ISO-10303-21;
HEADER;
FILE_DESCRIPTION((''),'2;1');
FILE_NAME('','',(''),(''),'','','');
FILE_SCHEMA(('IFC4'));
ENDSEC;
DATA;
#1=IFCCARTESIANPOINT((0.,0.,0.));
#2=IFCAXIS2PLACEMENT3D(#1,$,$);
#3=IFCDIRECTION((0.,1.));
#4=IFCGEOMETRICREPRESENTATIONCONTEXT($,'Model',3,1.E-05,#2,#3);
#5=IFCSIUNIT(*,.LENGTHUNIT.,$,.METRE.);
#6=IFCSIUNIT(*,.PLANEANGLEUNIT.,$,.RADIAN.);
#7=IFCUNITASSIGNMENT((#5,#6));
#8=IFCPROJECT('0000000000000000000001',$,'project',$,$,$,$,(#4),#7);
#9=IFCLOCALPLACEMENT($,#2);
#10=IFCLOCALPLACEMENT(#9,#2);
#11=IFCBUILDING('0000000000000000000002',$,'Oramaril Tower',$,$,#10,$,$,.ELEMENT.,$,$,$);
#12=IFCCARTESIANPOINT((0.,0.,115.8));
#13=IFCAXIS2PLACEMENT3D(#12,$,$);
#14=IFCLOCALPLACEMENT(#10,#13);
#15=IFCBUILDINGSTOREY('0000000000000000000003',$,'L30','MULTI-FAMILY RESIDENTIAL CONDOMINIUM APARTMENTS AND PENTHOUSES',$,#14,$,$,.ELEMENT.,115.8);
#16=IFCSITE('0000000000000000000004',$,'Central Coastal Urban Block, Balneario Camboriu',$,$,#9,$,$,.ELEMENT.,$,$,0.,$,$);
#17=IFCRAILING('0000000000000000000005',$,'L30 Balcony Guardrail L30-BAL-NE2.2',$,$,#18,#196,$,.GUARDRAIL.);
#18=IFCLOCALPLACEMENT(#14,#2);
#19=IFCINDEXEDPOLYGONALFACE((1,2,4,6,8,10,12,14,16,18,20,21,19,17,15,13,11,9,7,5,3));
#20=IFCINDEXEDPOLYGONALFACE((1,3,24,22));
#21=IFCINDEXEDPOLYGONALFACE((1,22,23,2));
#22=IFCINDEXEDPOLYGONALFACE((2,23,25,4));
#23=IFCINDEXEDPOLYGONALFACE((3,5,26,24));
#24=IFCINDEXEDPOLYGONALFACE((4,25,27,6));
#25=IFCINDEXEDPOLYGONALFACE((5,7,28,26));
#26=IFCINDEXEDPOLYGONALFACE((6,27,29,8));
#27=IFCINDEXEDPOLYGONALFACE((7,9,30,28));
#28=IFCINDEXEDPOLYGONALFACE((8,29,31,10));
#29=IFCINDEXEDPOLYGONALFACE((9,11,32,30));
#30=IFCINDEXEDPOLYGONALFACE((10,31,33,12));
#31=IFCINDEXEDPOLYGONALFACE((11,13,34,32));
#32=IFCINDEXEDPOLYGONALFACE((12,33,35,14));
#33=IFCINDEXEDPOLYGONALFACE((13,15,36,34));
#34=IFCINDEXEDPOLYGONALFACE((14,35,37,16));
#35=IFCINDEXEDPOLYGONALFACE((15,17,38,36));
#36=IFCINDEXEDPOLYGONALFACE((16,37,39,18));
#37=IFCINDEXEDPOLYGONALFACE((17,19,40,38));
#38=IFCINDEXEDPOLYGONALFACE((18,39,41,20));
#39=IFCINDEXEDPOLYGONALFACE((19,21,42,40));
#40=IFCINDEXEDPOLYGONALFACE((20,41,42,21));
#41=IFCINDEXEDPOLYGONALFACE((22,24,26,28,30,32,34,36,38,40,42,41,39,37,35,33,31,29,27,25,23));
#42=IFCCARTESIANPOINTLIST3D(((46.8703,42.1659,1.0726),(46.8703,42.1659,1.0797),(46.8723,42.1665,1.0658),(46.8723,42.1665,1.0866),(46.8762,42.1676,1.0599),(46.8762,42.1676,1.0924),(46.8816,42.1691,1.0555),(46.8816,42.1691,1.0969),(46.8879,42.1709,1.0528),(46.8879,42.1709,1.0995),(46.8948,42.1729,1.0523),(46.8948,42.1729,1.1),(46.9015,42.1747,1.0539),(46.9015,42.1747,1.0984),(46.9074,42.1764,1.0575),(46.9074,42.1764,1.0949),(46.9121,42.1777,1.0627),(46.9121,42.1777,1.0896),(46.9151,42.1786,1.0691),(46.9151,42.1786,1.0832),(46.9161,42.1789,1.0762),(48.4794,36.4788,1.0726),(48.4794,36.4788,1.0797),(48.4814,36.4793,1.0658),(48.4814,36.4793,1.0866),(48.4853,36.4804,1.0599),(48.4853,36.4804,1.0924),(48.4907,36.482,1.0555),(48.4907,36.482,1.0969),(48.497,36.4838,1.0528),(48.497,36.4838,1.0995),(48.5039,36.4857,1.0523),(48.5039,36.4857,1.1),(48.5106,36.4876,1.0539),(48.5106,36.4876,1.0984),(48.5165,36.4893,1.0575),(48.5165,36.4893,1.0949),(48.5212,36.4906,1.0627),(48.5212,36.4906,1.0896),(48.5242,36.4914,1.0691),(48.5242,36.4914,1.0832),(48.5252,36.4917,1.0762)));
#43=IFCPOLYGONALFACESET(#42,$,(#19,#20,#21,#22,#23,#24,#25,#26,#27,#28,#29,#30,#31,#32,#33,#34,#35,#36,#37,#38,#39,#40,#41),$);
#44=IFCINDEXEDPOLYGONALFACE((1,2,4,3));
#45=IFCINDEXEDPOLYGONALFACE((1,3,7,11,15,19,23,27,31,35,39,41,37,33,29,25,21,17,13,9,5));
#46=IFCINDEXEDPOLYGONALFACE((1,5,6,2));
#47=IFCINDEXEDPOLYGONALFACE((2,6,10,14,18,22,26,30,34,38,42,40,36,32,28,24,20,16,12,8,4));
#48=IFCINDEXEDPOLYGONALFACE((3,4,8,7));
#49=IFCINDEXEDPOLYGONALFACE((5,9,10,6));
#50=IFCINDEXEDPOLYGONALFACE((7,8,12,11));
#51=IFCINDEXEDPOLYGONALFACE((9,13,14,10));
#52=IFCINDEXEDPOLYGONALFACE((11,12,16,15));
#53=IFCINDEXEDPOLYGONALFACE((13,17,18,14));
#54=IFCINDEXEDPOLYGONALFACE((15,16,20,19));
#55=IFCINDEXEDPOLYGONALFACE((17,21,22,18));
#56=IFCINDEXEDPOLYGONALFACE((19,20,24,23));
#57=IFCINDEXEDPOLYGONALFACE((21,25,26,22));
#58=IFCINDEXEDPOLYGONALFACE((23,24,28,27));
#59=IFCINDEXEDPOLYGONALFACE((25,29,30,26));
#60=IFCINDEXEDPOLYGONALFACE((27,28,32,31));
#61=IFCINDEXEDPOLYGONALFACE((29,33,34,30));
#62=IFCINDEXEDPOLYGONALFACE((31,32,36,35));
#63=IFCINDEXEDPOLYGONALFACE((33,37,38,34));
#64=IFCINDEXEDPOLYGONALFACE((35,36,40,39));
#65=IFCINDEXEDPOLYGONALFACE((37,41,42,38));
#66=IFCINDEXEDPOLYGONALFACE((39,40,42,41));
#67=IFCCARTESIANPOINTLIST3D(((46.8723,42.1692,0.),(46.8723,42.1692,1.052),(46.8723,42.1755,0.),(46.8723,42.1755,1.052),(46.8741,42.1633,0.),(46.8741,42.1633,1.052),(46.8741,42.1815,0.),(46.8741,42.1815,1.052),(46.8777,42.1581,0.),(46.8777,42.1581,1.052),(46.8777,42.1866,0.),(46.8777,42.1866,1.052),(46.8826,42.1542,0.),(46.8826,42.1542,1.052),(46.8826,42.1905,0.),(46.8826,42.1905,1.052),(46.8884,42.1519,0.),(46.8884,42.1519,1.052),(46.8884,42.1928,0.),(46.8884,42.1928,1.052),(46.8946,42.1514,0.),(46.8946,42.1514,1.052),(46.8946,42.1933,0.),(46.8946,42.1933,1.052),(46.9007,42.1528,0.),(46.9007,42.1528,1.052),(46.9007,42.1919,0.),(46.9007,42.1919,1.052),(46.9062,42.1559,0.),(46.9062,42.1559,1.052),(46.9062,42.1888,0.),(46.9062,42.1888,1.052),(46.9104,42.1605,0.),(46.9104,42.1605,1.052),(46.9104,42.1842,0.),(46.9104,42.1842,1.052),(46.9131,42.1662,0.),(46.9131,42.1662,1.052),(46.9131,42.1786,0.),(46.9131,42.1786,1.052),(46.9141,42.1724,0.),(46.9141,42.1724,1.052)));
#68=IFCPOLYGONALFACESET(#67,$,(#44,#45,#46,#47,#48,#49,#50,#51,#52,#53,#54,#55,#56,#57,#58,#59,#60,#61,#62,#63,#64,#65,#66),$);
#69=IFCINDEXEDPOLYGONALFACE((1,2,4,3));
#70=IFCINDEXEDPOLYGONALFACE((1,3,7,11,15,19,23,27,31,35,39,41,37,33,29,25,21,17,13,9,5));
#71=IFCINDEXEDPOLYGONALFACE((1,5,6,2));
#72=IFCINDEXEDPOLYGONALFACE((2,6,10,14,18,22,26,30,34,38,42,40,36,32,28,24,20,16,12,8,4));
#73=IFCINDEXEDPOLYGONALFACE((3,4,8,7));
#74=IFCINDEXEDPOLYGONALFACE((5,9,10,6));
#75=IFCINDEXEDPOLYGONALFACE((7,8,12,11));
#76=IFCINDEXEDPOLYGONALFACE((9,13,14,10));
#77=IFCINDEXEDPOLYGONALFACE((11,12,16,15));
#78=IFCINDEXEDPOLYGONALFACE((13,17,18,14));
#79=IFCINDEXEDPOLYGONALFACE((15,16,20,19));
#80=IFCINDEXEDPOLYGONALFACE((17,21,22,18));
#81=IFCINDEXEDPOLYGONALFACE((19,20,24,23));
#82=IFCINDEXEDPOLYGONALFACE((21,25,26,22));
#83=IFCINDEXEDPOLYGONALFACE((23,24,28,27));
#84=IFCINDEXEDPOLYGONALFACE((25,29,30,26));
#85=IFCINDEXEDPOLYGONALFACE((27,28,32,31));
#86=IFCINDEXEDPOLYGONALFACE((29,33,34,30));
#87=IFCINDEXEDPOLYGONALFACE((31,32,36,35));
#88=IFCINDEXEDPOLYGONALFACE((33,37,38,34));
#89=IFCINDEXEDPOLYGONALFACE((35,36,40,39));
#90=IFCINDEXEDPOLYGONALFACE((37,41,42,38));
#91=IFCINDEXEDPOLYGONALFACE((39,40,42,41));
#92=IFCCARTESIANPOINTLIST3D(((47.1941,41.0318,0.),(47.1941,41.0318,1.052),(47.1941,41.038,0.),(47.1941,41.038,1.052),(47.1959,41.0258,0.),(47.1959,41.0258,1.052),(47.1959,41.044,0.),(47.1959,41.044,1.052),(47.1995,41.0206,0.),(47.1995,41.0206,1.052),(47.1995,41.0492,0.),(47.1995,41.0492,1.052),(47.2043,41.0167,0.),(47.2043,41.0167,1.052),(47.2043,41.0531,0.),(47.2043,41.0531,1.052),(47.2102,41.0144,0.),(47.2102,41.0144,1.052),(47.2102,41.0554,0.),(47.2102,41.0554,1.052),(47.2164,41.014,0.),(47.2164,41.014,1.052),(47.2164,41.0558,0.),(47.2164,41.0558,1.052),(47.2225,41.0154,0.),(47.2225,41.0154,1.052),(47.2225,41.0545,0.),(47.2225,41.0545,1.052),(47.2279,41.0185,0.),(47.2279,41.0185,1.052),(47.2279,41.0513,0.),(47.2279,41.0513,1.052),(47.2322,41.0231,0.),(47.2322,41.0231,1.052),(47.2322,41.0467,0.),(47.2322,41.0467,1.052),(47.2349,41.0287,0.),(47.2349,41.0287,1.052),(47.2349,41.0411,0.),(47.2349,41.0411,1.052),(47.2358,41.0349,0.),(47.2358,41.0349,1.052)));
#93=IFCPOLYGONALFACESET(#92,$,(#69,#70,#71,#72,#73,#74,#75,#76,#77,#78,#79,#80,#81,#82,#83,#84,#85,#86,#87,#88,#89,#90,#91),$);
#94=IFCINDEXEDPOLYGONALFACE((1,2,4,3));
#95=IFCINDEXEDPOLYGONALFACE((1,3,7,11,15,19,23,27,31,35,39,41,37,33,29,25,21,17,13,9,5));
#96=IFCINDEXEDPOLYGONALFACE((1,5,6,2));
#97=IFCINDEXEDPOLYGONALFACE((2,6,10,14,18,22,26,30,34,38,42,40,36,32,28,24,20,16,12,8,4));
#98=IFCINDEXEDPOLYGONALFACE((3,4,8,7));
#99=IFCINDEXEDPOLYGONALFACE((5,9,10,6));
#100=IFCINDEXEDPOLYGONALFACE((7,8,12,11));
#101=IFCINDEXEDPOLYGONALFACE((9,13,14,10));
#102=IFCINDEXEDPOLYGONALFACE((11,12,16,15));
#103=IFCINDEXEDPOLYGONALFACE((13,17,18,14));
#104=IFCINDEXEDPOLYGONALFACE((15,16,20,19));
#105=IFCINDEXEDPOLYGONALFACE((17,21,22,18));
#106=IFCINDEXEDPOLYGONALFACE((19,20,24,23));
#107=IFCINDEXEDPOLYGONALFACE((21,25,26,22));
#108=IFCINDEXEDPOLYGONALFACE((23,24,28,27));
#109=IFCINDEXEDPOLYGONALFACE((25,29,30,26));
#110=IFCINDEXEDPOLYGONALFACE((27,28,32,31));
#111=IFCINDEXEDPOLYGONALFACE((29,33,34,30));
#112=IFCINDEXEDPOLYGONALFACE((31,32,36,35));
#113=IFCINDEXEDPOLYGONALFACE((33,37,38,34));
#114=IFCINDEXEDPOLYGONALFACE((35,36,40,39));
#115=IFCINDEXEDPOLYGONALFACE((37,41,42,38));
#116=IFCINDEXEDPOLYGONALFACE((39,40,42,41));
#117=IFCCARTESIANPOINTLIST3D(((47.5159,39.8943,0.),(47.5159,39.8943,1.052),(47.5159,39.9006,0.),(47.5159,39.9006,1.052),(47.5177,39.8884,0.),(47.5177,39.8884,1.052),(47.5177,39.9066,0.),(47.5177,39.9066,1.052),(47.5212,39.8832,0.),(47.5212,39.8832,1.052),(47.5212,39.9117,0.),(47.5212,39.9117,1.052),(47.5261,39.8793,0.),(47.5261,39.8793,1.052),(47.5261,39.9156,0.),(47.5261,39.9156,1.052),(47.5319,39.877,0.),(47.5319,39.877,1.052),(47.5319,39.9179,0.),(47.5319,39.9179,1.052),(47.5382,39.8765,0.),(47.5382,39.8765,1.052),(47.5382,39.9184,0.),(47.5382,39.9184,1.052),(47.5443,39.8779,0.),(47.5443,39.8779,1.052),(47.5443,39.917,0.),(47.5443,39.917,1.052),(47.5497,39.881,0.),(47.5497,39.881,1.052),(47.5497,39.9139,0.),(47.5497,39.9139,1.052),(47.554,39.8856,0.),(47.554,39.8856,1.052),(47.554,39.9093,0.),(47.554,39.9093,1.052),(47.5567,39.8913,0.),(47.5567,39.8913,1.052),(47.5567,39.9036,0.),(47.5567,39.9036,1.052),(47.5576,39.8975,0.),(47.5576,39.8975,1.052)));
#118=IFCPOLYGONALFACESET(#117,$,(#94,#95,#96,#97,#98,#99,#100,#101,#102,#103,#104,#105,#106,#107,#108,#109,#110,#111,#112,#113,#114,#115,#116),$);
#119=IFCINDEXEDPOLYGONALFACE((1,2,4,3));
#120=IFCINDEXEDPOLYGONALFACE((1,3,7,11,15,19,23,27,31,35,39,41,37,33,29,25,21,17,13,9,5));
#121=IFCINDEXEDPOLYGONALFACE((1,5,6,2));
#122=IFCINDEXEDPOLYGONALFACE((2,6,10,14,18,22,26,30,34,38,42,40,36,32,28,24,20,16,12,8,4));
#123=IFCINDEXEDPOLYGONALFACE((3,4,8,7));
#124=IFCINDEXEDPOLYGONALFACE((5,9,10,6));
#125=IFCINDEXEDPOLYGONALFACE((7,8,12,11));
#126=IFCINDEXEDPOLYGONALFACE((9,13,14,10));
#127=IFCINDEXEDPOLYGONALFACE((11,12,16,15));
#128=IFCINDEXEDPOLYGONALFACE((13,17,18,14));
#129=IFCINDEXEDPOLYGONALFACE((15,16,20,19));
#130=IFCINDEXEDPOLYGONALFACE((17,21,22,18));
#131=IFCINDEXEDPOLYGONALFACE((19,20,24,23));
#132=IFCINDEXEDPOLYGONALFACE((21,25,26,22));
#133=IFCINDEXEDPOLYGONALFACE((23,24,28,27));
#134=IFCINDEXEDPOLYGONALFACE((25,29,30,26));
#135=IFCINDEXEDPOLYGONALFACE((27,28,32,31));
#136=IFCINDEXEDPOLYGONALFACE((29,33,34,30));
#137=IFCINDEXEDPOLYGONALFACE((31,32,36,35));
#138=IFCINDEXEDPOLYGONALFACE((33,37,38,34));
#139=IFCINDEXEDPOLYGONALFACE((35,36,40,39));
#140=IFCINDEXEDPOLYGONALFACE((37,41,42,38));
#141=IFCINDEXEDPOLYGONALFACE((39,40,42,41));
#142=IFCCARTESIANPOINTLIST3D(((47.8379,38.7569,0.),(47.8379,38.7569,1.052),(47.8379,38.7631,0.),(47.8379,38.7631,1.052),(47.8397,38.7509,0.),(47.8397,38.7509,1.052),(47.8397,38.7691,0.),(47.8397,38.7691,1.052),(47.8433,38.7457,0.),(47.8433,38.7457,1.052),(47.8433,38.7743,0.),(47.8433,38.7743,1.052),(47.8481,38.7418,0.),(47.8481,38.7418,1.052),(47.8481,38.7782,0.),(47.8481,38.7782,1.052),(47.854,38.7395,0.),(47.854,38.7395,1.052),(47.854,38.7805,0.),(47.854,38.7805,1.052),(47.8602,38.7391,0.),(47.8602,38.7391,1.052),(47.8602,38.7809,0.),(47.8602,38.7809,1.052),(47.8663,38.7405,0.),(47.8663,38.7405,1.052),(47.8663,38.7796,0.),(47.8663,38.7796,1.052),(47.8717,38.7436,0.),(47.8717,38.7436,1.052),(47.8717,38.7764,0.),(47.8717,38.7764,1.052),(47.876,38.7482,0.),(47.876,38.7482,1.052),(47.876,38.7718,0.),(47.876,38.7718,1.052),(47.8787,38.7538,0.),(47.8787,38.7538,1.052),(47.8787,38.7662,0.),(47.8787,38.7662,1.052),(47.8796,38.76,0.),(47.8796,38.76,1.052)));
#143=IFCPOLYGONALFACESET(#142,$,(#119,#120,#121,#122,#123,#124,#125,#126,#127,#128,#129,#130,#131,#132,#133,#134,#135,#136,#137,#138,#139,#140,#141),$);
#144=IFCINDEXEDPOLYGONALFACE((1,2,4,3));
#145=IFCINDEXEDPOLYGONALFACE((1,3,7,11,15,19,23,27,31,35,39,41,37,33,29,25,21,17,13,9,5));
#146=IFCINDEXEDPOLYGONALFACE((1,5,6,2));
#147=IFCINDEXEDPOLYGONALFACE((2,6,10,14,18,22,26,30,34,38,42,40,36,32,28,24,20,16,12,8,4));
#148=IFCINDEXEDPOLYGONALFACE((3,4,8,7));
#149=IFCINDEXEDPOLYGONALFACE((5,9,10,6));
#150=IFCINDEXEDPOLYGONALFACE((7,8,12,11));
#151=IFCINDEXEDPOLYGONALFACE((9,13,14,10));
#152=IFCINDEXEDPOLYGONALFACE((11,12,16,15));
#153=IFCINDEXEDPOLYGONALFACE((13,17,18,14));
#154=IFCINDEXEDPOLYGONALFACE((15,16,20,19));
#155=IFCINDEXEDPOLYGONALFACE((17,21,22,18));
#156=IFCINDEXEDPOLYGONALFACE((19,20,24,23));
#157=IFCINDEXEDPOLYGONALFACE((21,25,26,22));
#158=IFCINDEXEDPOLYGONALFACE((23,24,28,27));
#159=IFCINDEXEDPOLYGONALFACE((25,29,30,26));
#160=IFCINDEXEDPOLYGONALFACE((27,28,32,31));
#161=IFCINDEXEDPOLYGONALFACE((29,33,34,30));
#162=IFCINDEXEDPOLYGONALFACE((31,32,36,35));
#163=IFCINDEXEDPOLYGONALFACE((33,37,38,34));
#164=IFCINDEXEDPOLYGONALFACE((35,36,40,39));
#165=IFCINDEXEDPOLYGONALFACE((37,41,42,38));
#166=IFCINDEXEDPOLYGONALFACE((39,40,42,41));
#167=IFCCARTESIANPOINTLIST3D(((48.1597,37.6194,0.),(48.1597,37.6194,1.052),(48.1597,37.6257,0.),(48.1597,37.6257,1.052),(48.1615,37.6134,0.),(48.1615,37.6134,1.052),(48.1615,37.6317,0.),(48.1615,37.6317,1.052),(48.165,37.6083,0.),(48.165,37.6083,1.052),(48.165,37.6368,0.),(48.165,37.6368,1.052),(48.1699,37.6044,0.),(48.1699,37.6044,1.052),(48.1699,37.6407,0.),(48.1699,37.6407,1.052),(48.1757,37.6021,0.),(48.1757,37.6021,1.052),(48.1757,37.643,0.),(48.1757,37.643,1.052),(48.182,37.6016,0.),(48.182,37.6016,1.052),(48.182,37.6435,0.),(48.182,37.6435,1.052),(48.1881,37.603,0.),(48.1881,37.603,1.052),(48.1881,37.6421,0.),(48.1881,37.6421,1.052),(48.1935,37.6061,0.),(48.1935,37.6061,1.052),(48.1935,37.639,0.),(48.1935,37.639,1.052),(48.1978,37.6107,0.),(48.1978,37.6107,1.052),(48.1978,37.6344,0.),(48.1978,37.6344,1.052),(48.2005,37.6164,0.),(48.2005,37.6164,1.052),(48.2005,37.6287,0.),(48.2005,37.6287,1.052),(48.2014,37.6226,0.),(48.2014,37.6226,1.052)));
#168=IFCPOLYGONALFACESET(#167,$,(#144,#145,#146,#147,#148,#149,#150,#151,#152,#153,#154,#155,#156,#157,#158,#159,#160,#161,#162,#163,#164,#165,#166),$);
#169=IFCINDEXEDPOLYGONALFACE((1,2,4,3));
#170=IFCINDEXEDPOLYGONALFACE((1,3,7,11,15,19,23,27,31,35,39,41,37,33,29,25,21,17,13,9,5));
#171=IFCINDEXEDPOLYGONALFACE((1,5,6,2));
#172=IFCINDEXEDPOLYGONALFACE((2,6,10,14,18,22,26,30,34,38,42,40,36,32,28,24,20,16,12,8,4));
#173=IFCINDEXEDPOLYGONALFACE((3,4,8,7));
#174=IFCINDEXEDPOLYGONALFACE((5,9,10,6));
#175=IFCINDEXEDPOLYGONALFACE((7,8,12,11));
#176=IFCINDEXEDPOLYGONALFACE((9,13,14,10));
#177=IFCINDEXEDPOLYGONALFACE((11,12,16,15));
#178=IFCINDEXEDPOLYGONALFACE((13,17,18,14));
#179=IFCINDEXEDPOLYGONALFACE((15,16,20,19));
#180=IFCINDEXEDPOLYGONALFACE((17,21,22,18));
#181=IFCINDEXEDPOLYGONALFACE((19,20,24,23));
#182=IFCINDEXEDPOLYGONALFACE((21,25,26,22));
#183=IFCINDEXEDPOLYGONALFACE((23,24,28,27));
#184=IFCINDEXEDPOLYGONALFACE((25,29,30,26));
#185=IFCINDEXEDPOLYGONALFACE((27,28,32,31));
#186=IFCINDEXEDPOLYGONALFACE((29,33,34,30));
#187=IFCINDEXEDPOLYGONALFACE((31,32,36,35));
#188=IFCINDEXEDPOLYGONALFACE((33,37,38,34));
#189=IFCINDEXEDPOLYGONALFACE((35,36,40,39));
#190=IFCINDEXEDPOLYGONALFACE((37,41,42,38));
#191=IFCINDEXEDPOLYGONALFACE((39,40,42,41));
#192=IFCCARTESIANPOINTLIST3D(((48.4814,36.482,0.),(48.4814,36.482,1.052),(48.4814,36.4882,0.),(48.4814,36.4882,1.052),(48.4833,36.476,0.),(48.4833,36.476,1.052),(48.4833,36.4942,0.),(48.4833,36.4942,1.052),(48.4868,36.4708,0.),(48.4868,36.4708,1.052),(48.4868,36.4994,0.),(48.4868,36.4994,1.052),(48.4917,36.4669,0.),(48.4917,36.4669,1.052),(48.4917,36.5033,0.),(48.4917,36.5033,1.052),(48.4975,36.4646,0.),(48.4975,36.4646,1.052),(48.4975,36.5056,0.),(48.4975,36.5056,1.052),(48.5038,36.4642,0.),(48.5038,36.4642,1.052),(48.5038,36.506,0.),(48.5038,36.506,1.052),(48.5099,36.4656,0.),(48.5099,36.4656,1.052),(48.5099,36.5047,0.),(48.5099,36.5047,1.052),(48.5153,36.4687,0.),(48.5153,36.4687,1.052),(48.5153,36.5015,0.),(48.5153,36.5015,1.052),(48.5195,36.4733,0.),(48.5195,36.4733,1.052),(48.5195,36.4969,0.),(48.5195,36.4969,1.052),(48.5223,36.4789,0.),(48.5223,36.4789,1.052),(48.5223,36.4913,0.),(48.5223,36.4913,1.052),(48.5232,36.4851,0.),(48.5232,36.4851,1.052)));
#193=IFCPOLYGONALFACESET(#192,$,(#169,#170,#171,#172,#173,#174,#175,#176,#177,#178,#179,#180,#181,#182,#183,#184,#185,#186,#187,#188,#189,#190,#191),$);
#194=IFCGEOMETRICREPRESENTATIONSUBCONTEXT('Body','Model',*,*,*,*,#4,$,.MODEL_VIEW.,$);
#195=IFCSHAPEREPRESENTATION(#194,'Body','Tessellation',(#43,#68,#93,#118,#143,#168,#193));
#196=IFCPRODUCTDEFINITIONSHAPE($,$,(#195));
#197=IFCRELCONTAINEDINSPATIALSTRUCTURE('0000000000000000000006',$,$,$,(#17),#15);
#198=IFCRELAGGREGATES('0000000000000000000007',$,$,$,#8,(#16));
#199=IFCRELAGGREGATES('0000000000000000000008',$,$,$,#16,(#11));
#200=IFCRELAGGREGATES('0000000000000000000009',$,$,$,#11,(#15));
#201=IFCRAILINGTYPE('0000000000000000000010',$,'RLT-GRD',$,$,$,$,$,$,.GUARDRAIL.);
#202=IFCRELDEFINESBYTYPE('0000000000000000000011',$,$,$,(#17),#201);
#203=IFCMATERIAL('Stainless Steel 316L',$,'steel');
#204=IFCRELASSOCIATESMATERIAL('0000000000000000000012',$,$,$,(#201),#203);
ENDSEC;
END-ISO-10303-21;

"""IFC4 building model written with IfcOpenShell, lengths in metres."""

from ifc_helpers import new_model, si_unit, direction, frame, origin, origin_2d, place, context, subcontext, project, spatial, circle, extrude, material, type_object, element, save


model = new_model("IFC4")

# Units and contexts
model_context = context("Model", 3, precision=1e-05, world=origin(), true_north=direction((0.0, 1.0)))
body_context = subcontext(model_context, "Body", "Model", "MODEL_VIEW")
ifc_project = project(units=[si_unit("LENGTHUNIT", "METRE"), si_unit("PLANEANGLEUNIT", "RADIAN")], contexts=[model_context])

# Site, building, storey
site_placement = place(None, origin())
site = spatial("IfcSite", under=ifc_project, at=site_placement, Name="Central Coastal Urban Block, Balneario Camboriu", CompositionType="ELEMENT", RefElevation=0.0)
building_placement = place(site_placement, origin())
building = spatial("IfcBuilding", under=site, at=building_placement, Name="Oramaril Tower", CompositionType="ELEMENT")
storey_placement = place(building_placement, frame((0.0, 0.0, 115.8)))
storey = spatial("IfcBuildingStorey", under=building, at=storey_placement, Name="L30", Description="MULTI-FAMILY RESIDENTIAL CONDOMINIUM APARTMENTS AND PENTHOUSES", CompositionType="ELEMENT", Elevation=115.8)

# Railing
ifc_material_1 = material(Name="Stainless Steel 316L", Category="steel")
railing_type = type_object("IfcRailingType", Name="RLT-GRD", PredefinedType="GUARDRAIL", material=ifc_material_1)
railing_1_placement = place(storey_placement, frame((46.8931, 42.1724, 0.0)))
element("IfcRailing", 1, at=railing_1_placement, inside=storey, type_object=railing_type, Name="L30 Balcony Guardrail L30-BAL-NE2.2", PredefinedType="GUARDRAIL", context=body_context, shape_type="SweptSolid", body=[
    extrude(circle(Radius=0.0239, at=origin_2d()), frame((0.0, 0.0, 1.0762), z_axis=(0.272249, -0.962227, 0.0), x_axis=(0.962227, 0.272249, 0.0)), (0.0, 0.0, 1.0), 5.9104),
    extrude(circle(Radius=0.021, at=origin_2d()), origin(), (0.0, 0.0, 1.0), 1.052),
    extrude(circle(Radius=0.021, at=origin_2d()), frame((0.3218, -1.1375, 0.0)), (0.0, 0.0, 1.0), 1.052),
    extrude(circle(Radius=0.021, at=origin_2d()), frame((0.6436, -2.2749, 0.0)), (0.0, 0.0, 1.0), 1.052),
    extrude(circle(Radius=0.021, at=origin_2d()), frame((0.9656, -3.4124, 0.0)), (0.0, 0.0, 1.0), 1.052),
    extrude(circle(Radius=0.021, at=origin_2d()), frame((1.2874, -4.5498, 0.0)), (0.0, 0.0, 1.0), 1.052),
    extrude(circle(Radius=0.021, at=origin_2d()), frame((1.6091, -5.6873, 0.0)), (0.0, 0.0, 1.0), 1.052),
])

save(model, "model.ifc")
